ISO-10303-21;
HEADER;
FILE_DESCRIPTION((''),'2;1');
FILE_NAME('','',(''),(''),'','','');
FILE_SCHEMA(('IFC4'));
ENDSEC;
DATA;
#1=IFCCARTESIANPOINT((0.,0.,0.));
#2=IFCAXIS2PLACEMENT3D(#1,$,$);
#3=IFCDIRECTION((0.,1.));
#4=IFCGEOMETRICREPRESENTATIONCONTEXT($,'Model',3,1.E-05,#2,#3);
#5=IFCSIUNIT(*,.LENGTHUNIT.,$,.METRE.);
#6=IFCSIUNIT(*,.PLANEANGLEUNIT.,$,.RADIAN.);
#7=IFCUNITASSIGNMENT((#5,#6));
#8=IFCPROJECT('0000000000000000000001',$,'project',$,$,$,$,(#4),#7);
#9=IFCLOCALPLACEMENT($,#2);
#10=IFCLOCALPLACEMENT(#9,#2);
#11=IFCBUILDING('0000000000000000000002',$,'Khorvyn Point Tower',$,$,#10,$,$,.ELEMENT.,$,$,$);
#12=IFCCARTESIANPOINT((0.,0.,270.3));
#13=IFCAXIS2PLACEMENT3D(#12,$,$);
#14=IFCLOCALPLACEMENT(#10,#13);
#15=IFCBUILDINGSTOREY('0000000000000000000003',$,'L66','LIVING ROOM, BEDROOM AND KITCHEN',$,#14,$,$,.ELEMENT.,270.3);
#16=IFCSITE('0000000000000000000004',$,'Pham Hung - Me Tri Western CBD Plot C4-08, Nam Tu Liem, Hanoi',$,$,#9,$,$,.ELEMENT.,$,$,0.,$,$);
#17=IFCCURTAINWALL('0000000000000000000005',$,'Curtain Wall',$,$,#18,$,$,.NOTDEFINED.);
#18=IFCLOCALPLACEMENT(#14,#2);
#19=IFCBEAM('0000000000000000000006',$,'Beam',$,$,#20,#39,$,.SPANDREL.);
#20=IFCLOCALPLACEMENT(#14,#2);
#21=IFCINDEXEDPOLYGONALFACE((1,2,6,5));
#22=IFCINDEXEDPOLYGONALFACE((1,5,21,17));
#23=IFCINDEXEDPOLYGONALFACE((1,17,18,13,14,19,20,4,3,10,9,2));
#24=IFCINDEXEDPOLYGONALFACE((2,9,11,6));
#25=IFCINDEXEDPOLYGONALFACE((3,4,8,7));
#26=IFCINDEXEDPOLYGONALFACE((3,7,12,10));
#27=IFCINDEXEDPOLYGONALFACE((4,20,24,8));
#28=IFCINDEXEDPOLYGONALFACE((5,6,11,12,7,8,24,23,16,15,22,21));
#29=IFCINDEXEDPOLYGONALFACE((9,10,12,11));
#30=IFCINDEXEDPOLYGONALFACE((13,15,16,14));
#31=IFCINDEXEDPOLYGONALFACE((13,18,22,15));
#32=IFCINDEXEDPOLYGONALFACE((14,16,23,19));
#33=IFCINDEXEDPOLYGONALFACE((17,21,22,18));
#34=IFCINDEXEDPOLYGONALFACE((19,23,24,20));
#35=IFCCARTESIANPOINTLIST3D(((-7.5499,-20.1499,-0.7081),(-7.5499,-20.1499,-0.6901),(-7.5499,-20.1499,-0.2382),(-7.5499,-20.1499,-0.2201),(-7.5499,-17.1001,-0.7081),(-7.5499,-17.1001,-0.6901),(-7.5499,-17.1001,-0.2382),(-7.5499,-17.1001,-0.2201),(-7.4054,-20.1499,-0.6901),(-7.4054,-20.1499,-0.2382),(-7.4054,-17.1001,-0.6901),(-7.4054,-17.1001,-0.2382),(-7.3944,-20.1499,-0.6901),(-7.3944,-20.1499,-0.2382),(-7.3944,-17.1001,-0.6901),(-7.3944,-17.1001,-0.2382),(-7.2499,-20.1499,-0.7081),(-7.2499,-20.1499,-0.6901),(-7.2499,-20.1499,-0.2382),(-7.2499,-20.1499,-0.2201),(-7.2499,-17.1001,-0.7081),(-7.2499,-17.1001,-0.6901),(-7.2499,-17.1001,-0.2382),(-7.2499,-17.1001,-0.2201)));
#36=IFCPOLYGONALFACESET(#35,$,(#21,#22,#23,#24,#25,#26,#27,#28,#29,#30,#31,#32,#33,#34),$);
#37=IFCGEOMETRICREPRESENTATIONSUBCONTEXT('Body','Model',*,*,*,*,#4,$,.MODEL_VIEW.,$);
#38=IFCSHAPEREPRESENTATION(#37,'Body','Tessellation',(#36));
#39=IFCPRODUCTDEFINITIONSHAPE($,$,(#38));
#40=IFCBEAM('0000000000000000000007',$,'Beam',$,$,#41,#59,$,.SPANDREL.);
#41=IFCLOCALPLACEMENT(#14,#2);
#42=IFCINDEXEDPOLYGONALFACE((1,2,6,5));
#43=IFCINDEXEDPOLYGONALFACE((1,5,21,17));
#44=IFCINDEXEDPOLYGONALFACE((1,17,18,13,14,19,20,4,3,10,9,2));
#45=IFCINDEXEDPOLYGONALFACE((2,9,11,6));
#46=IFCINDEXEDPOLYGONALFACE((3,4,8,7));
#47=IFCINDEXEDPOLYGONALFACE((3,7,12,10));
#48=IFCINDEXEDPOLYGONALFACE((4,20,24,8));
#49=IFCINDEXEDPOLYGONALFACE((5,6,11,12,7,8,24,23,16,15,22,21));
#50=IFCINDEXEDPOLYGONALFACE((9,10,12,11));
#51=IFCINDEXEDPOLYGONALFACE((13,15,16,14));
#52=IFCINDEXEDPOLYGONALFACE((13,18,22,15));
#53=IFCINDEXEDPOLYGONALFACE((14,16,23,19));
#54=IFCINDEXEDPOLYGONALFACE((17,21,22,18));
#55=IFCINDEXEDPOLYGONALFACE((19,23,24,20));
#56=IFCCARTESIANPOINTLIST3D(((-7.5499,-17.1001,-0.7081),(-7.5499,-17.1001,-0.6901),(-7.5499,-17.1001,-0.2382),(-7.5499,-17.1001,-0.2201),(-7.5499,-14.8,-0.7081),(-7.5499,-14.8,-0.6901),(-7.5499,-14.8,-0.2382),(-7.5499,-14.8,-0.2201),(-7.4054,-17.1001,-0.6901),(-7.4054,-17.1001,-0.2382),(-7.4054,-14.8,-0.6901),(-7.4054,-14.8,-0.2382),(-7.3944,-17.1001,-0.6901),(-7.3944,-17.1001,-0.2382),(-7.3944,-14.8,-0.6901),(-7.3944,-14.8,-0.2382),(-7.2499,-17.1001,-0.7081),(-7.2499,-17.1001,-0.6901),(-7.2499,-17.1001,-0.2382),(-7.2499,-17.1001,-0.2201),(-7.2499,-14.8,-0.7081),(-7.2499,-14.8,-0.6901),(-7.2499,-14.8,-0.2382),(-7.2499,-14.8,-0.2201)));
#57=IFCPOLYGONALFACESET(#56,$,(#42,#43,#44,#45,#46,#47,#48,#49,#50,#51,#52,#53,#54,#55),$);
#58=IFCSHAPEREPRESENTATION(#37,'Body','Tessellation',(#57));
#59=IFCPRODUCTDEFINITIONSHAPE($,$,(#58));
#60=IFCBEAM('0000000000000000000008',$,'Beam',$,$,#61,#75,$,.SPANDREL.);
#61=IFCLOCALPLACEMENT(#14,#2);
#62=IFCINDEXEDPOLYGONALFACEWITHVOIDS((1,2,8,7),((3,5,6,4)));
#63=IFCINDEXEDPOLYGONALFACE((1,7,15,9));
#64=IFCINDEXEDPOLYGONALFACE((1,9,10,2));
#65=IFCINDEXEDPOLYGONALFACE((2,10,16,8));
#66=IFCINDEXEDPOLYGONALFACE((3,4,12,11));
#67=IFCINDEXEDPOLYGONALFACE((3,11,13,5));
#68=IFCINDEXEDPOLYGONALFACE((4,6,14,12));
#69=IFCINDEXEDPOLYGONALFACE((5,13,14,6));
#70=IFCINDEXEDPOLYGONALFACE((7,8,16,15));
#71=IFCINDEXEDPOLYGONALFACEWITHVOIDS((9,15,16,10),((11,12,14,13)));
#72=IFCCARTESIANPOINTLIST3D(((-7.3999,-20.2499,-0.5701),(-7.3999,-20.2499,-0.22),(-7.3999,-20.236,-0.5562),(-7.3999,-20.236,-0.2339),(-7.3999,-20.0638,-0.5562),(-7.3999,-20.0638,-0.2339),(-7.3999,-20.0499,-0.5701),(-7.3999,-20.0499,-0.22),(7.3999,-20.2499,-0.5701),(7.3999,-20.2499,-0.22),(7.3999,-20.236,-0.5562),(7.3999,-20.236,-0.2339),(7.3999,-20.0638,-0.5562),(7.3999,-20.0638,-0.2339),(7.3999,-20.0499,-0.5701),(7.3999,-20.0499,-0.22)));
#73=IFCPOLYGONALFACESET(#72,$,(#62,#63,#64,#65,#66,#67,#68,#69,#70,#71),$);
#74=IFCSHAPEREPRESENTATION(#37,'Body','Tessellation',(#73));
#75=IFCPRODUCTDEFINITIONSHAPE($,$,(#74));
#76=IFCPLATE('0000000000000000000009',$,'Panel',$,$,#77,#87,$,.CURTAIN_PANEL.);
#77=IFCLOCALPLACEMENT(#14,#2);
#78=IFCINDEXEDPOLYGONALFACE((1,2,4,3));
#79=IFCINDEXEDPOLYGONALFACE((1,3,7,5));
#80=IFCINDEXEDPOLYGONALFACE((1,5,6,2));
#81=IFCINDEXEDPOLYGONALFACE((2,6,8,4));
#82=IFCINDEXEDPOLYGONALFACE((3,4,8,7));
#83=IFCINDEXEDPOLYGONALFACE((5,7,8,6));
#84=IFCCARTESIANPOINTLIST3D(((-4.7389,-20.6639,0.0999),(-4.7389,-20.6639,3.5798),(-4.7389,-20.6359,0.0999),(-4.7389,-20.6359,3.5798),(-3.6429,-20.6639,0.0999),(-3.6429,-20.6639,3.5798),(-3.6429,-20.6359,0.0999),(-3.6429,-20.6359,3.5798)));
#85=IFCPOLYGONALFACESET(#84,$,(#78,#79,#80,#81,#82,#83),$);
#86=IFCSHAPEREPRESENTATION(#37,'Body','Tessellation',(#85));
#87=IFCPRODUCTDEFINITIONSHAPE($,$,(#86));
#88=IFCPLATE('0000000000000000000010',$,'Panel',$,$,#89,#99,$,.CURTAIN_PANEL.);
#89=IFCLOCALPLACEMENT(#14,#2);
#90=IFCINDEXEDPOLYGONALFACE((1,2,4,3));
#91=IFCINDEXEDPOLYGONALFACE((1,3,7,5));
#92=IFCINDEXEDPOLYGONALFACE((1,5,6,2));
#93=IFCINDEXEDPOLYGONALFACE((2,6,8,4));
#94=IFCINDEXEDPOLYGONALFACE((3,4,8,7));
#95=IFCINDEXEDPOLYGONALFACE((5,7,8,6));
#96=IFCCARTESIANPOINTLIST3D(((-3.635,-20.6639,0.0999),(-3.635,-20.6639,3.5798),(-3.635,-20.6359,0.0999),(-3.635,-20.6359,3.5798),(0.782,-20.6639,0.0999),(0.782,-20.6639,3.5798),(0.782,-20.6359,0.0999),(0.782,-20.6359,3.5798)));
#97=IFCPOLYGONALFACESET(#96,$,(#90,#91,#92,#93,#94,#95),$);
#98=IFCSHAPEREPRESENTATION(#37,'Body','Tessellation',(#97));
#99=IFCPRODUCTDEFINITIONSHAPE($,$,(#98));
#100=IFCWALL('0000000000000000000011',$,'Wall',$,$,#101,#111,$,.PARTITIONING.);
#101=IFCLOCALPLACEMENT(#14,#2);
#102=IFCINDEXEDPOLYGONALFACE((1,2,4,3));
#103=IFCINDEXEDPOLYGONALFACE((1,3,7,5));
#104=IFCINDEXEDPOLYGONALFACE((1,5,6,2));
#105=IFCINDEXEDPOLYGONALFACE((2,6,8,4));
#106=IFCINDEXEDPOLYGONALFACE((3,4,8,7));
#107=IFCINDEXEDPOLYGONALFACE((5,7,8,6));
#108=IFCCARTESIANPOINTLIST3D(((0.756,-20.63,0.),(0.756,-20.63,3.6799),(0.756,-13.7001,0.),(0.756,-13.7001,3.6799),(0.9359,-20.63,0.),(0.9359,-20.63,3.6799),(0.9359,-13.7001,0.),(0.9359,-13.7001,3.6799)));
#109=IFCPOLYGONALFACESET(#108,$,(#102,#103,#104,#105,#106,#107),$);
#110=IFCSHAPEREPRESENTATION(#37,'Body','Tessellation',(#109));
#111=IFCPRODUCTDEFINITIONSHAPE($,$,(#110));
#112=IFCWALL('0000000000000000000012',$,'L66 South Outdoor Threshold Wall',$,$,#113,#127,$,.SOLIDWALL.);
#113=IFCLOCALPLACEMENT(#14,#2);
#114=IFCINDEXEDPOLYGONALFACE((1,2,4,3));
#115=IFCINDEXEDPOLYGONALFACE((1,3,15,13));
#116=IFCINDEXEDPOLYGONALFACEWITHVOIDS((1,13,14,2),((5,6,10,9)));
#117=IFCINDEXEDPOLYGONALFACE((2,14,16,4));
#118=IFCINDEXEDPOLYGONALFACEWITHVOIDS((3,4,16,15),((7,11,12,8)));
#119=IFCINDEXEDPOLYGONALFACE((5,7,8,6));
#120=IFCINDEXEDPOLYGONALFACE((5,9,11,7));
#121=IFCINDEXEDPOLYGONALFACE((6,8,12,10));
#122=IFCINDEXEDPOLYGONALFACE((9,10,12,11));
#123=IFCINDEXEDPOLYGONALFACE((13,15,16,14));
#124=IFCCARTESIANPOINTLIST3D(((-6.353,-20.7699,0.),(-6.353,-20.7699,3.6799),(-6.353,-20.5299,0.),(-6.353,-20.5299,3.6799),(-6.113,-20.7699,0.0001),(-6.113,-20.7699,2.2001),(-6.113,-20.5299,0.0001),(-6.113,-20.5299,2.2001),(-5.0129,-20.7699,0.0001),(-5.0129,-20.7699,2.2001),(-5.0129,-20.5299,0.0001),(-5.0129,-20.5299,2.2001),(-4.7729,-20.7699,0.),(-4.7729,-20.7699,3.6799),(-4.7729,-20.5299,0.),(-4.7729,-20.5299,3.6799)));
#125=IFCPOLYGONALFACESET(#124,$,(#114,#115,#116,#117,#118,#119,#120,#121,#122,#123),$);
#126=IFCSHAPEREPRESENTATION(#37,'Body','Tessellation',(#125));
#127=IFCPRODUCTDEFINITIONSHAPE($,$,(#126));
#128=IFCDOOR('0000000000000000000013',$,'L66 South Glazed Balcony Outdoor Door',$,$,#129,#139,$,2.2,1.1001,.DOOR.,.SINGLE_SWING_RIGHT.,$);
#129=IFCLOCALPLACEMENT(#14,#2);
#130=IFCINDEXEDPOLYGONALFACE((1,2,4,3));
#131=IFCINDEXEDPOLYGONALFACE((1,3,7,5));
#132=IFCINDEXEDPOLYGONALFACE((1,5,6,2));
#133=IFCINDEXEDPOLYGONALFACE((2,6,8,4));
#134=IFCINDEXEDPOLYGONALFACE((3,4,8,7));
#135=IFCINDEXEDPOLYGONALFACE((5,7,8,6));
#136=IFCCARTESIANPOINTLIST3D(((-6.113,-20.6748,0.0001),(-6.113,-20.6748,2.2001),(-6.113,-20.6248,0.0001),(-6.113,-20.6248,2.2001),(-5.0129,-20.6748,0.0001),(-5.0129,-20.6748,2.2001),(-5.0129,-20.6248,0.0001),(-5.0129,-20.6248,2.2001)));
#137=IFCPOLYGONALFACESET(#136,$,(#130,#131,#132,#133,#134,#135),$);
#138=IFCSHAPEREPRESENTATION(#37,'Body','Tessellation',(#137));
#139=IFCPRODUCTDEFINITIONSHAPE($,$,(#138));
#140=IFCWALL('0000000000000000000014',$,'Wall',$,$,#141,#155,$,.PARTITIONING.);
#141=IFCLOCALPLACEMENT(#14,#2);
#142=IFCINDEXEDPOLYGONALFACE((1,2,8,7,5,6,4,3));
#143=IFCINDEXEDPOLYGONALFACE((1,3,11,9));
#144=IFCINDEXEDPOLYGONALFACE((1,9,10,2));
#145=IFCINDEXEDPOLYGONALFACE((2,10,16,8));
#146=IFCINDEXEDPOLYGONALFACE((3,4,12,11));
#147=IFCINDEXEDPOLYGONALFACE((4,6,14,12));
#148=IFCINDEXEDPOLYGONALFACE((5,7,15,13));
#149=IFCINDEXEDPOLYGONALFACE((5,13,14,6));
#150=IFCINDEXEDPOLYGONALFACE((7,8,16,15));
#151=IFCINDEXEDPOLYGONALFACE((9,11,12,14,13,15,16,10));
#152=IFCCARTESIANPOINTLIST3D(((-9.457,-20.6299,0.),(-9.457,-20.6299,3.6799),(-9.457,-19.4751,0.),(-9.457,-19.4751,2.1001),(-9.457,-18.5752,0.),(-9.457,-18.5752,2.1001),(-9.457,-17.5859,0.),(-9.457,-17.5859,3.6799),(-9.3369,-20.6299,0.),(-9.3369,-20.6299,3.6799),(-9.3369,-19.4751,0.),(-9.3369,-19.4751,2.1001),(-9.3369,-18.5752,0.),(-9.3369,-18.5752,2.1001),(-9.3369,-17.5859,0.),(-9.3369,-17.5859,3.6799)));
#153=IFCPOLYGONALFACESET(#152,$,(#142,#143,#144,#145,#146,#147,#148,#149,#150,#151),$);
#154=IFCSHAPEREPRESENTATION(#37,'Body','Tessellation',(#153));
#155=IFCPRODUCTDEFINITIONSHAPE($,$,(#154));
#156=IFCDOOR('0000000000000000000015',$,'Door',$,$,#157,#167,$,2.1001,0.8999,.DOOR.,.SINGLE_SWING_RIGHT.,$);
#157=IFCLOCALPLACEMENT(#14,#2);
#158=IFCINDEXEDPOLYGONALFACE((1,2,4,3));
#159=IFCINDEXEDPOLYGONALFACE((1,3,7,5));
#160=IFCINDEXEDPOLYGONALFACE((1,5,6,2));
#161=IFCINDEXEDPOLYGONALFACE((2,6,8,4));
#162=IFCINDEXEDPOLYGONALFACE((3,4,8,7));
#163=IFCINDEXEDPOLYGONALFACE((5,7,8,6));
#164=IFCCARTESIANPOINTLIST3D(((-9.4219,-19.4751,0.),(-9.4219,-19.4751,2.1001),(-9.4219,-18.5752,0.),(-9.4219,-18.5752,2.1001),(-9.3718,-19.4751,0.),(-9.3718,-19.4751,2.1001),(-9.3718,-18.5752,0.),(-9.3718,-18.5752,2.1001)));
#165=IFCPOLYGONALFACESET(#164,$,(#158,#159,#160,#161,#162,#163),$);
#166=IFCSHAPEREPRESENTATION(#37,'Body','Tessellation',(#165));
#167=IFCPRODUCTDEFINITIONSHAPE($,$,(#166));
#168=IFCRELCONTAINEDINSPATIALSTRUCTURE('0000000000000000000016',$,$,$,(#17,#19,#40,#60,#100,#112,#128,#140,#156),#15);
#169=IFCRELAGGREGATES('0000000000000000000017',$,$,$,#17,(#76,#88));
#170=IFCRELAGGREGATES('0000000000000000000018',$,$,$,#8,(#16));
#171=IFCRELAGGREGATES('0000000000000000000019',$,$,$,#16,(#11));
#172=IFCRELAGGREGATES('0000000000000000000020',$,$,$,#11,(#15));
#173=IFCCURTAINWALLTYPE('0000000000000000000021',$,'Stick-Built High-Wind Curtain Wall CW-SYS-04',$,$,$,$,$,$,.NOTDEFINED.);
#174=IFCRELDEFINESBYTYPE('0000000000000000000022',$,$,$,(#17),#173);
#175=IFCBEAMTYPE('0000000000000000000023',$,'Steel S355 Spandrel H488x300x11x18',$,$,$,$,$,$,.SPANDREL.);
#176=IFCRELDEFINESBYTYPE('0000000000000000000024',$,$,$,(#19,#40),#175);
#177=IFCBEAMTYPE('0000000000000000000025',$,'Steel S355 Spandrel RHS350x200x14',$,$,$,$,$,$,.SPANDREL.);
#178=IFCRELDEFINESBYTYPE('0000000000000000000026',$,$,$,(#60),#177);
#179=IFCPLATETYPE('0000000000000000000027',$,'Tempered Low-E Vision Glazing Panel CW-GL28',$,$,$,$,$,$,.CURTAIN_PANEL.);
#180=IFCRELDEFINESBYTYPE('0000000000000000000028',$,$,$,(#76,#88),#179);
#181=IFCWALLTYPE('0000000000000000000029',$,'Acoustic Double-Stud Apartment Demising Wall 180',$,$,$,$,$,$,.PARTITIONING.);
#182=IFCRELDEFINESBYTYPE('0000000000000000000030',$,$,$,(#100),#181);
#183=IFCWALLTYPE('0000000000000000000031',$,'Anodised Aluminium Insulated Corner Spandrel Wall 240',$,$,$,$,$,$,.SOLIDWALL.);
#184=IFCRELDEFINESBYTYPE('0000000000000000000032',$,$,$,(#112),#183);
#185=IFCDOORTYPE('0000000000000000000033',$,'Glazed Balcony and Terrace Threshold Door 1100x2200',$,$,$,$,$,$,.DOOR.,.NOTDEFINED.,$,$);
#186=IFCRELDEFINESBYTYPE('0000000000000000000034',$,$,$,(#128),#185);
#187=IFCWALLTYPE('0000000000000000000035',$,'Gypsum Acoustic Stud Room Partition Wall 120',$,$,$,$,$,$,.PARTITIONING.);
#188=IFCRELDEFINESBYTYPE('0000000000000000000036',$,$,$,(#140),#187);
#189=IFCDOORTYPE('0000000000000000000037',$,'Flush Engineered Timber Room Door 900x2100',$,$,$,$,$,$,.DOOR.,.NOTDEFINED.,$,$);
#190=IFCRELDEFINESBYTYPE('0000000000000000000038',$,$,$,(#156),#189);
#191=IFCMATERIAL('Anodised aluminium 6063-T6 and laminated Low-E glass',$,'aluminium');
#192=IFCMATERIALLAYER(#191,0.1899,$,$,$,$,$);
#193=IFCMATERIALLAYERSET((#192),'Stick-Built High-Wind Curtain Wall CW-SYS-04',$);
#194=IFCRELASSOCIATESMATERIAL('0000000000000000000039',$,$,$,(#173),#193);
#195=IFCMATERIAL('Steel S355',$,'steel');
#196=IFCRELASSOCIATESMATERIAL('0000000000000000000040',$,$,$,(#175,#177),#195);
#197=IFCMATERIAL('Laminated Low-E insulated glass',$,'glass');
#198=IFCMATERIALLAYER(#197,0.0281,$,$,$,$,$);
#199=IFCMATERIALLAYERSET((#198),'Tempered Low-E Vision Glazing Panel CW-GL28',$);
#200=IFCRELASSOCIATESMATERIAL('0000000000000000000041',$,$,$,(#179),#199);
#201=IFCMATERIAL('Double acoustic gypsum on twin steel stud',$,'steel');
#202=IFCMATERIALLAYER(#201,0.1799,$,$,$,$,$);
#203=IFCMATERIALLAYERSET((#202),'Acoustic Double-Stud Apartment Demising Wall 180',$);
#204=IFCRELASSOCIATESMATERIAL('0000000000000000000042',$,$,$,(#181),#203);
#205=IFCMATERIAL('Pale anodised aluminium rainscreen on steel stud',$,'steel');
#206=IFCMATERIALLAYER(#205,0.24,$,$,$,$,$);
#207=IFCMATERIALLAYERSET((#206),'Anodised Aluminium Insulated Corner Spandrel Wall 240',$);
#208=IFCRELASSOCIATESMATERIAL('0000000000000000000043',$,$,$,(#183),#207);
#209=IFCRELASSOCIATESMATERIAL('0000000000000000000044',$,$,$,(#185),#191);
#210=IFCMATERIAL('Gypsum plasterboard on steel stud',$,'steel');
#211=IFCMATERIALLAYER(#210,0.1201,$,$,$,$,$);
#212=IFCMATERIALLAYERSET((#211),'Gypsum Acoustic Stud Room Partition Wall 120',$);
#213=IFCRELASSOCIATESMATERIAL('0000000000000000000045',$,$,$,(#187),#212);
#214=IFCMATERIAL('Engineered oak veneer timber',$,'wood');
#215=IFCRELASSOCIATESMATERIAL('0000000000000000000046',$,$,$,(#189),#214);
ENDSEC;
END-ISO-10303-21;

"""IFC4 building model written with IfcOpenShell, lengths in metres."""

from ifc_helpers import new_model, si_unit, direction, frame, frame_2d, origin, origin_2d, place, context, subcontext, project, spatial, rectangle, hollow_rectangle, i_section, extrude, material, layer, layer_set, material_profile, profile_set, type_object, element, fill, aggregate, save


model = new_model("IFC4")

# Units and contexts
model_context = context("Model", 3, precision=1e-05, world=origin(), true_north=direction((0.0, 1.0)))
body_context = subcontext(model_context, "Body", "Model", "MODEL_VIEW")
ifc_project = project(units=[si_unit("LENGTHUNIT", "METRE"), si_unit("PLANEANGLEUNIT", "RADIAN")], contexts=[model_context])

# Site, building, storey
site_placement = place(None, origin())
site = spatial("IfcSite", under=ifc_project, at=site_placement, Name="Pham Hung - Me Tri Western CBD Plot C4-08, Nam Tu Liem, Hanoi", CompositionType="ELEMENT", RefElevation=0.0)
building_placement = place(site_placement, origin())
building = spatial("IfcBuilding", under=site, at=building_placement, Name="Khorvyn Point Tower", CompositionType="ELEMENT")
storey_placement = place(building_placement, frame((0.0, 0.0, 270.3)))
storey = spatial("IfcBuildingStorey", under=building, at=storey_placement, Name="L66", Description="LIVING ROOM, BEDROOM AND KITCHEN", CompositionType="ELEMENT", Elevation=270.3)

# Shared definitions
ifc_material_1 = material(Name="Steel S355", Category="steel")

# Curtain wall
ifc_material_2 = material(Name="Anodised aluminium 6063-T6 and laminated Low-E glass", Category="aluminium")
ifc_layer_1 = layer(ifc_material_2, 0.1899)
ifc_layer_set_1 = layer_set([ifc_layer_1], Name="Stick-Built High-Wind Curtain Wall CW-SYS-04")
curtain_wall_type = type_object("IfcCurtainWallType", Name="Stick-Built High-Wind Curtain Wall CW-SYS-04", PredefinedType="NOTDEFINED", material=ifc_layer_set_1)
curtain_wall_1_placement = place(storey_placement, origin())
curtain_wall_1 = element("IfcCurtainWall", 1, at=curtain_wall_1_placement, inside=storey, type_object=curtain_wall_type, Name="Curtain Wall", PredefinedType="NOTDEFINED")

# Beams
ifc_material_profile_1 = material_profile(ifc_material_1, i_section(OverallWidth=0.3, OverallDepth=0.488, WebThickness=0.011, FlangeThickness=0.0181, at=origin_2d()))
ifc_profile_set_1 = profile_set([ifc_material_profile_1], Name="Steel S355 H488x300x11x18")
beam_type_1 = type_object("IfcBeamType", Name="Steel S355 Spandrel H488x300x11x18", PredefinedType="SPANDREL", material=ifc_profile_set_1)
beam_1_placement = place(storey_placement, frame((-7.3999, -20.1499, -0.4641), z_axis=(0.0, 1.0, 0.0), x_axis=(-1.0, 0.0, 0.0)))
element("IfcBeam", 2, at=beam_1_placement, inside=storey, type_object=beam_type_1, Name="Beam", PredefinedType="SPANDREL", context=body_context, shape_type="SweptSolid", body=[
    extrude(i_section(OverallWidth=0.3, OverallDepth=0.488, WebThickness=0.011, FlangeThickness=0.0181, at=origin_2d()), origin(), (0.0, 0.0, 1.0), 3.0498),
])
beam_2_placement = place(storey_placement, frame((-7.3999, -17.1001, -0.4641), z_axis=(0.0, 1.0, 0.0), x_axis=(-1.0, 0.0, 0.0)))
element("IfcBeam", 3, at=beam_2_placement, inside=storey, type_object=beam_type_1, Name="Beam", PredefinedType="SPANDREL", context=body_context, shape_type="SweptSolid", body=[
    extrude(i_section(OverallWidth=0.3, OverallDepth=0.488, WebThickness=0.011, FlangeThickness=0.0181, at=origin_2d()), origin(), (0.0, 0.0, 1.0), 2.3),
])
ifc_material_profile_2 = material_profile(ifc_material_1, hollow_rectangle(XDim=0.2, YDim=0.3501, WallThickness=0.0139, at=origin_2d()))
ifc_profile_set_2 = profile_set([ifc_material_profile_2], Name="Steel S355 RHS350x200x14")
beam_type_2 = type_object("IfcBeamType", Name="Steel S355 Spandrel RHS350x200x14", PredefinedType="SPANDREL", material=ifc_profile_set_2)
beam_3_placement = place(storey_placement, frame((-7.3999, -20.1499, -0.395), z_axis=(1.0, 0.0, 0.0), x_axis=(0.0, 1.0, 0.0)))
element("IfcBeam", 4, at=beam_3_placement, inside=storey, type_object=beam_type_2, Name="Beam", PredefinedType="SPANDREL", context=body_context, shape_type="SweptSolid", body=[
    extrude(hollow_rectangle(XDim=0.2, YDim=0.3501, WallThickness=0.0139, at=origin_2d()), origin(), (0.0, 0.0, 1.0), 14.7998),
])

# Plates
ifc_material_3 = material(Name="Laminated Low-E insulated glass", Category="glass")
ifc_layer_2 = layer(ifc_material_3, 0.0281)
ifc_layer_set_2 = layer_set([ifc_layer_2], Name="Tempered Low-E Vision Glazing Panel CW-GL28")
plate_type = type_object("IfcPlateType", Name="Tempered Low-E Vision Glazing Panel CW-GL28", PredefinedType="CURTAIN_PANEL", material=ifc_layer_set_2)
plate_1_placement = place(storey_placement, frame((-4.1909, -20.6499, 0.0999), z_axis=(0.0, 0.0, 1.0), x_axis=(-1.0, 0.0, 0.0)))
plate_1 = element("IfcPlate", 5, at=plate_1_placement, type_object=plate_type, Name="Panel", PredefinedType="CURTAIN_PANEL", context=body_context, shape_type="SweptSolid", body=[
    extrude(rectangle(XDim=1.0959, YDim=0.0281, at=origin_2d()), origin(), (0.0, 0.0, 1.0), 3.48),
])
plate_2_placement = place(storey_placement, frame((-1.4265, -20.6499, 0.0999), z_axis=(0.0, 0.0, 1.0), x_axis=(-1.0, 0.0, 0.0)))
plate_2 = element("IfcPlate", 6, at=plate_2_placement, type_object=plate_type, Name="Panel", PredefinedType="CURTAIN_PANEL", context=body_context, shape_type="SweptSolid", body=[
    extrude(rectangle(XDim=4.417, YDim=0.0281, at=origin_2d()), origin(), (0.0, 0.0, 1.0), 3.48),
])
aggregate(curtain_wall_1, [plate_1, plate_2])

# Wall
ifc_material_4 = material(Name="Double acoustic gypsum on twin steel stud", Category="steel")
ifc_layer_3 = layer(ifc_material_4, 0.1799)
ifc_layer_set_3 = layer_set([ifc_layer_3], Name="Acoustic Double-Stud Apartment Demising Wall 180")
wall_type_1 = type_object("IfcWallType", Name="Acoustic Double-Stud Apartment Demising Wall 180", PredefinedType="PARTITIONING", material=ifc_layer_set_3)
wall_1_placement = place(storey_placement, frame((0.8459, -20.6299, 0.0), z_axis=(0.0, 0.0, 1.0), x_axis=(0.0, 1.0, 0.0)))
element("IfcWall", 7, at=wall_1_placement, inside=storey, type_object=wall_type_1, Name="Wall", PredefinedType="PARTITIONING", context=body_context, shape_type="SweptSolid", body=[
    extrude(rectangle(XDim=6.9299, YDim=0.1799, at=frame_2d((3.4648, 0.0))), origin(), (0.0, 0.0, 1.0), 3.6799),
])

# Walls, openings, doors
ifc_material_5 = material(Name="Pale anodised aluminium rainscreen on steel stud", Category="steel")
ifc_layer_4 = layer(ifc_material_5, 0.24)
ifc_layer_set_4 = layer_set([ifc_layer_4], Name="Anodised Aluminium Insulated Corner Spandrel Wall 240")
wall_type_2 = type_object("IfcWallType", Name="Anodised Aluminium Insulated Corner Spandrel Wall 240", PredefinedType="SOLIDWALL", material=ifc_layer_set_4)
wall_2_placement = place(storey_placement, frame((-4.7729, -20.6499, 0.0), z_axis=(0.0, 0.0, 1.0), x_axis=(-1.0, 0.0, 0.0)))
wall_2 = element("IfcWall", 8, at=wall_2_placement, inside=storey, type_object=wall_type_2, Name="L66 South Outdoor Threshold Wall", PredefinedType="SOLIDWALL", context=body_context, shape_type="SweptSolid", body=[
    extrude(rectangle(XDim=1.5801, YDim=0.24, at=frame_2d((0.79, 0.0))), origin(), (0.0, 0.0, 1.0), 3.6799),
])
opening_1_placement = place(wall_2_placement, frame((0.24, 0.0, 0.0)))
opening_1 = element("IfcOpeningElement", 9, at=opening_1_placement, cuts=wall_2, PredefinedType="OPENING", context=body_context, shape_type="SweptSolid", body=[
    extrude(rectangle(XDim=1.1001, YDim=2.2, at=frame_2d((0.55, 1.1001))), frame((0.0, 0.1299, 0.0), z_axis=(0.0, -1.0, 0.0), x_axis=(1.0, 0.0, 0.0)), (0.0, 0.0, 1.0), 0.26),
])
door_type_1 = type_object("IfcDoorType", Name="Glazed Balcony and Terrace Threshold Door 1100x2200", OperationType="NOTDEFINED", PredefinedType="DOOR", material=ifc_material_2)
door_1_placement = place(opening_1_placement, origin())
door_1 = element("IfcDoor", 10, at=door_1_placement, inside=storey, type_object=door_type_1, Name="L66 South Glazed Balcony Outdoor Door", OperationType="SINGLE_SWING_RIGHT", OverallHeight=2.2, OverallWidth=1.1001, PredefinedType="DOOR", context=body_context, shape_type="SweptSolid", body=[
    extrude(rectangle(XDim=1.1001, YDim=2.2, at=frame_2d((0.55, 1.1001))), frame((0.0, 0.0249, 0.0), z_axis=(0.0, -1.0, 0.0), x_axis=(1.0, 0.0, 0.0)), (0.0, 0.0, 1.0), 0.05),
])
fill(opening_1, door_1)
ifc_material_6 = material(Name="Gypsum plasterboard on steel stud", Category="steel")
ifc_layer_5 = layer(ifc_material_6, 0.1201)
ifc_layer_set_5 = layer_set([ifc_layer_5], Name="Gypsum Acoustic Stud Room Partition Wall 120")
wall_type_3 = type_object("IfcWallType", Name="Gypsum Acoustic Stud Room Partition Wall 120", PredefinedType="PARTITIONING", material=ifc_layer_set_5)
wall_3_placement = place(storey_placement, frame((-9.397, -20.6299, 0.0), z_axis=(0.0, 0.0, 1.0), x_axis=(0.0, 1.0, 0.0)))
wall_3 = element("IfcWall", 11, at=wall_3_placement, inside=storey, type_object=wall_type_3, Name="Wall", PredefinedType="PARTITIONING", context=body_context, shape_type="SweptSolid", body=[
    extrude(rectangle(XDim=3.0439, YDim=0.1201, at=frame_2d((1.522, 0.0))), origin(), (0.0, 0.0, 1.0), 3.6799),
])
opening_2_placement = place(wall_3_placement, frame((1.1548, 0.0, 0.0)))
opening_2 = element("IfcOpeningElement", 12, at=opening_2_placement, cuts=wall_3, PredefinedType="OPENING", context=body_context, shape_type="SweptSolid", body=[
    extrude(rectangle(XDim=0.8999, YDim=2.1001, at=frame_2d((0.45, 1.05))), frame((0.0, 0.0701, 0.0), z_axis=(0.0, -1.0, 0.0), x_axis=(1.0, 0.0, 0.0)), (0.0, 0.0, 1.0), 0.1401),
])
ifc_material_7 = material(Name="Engineered oak veneer timber", Category="wood")
door_type_2 = type_object("IfcDoorType", Name="Flush Engineered Timber Room Door 900x2100", OperationType="NOTDEFINED", PredefinedType="DOOR", material=ifc_material_7)
door_2_placement = place(opening_2_placement, origin())
door_2 = element("IfcDoor", 13, at=door_2_placement, inside=storey, type_object=door_type_2, Name="Door", OperationType="SINGLE_SWING_RIGHT", OverallHeight=2.1001, OverallWidth=0.8999, PredefinedType="DOOR", context=body_context, shape_type="SweptSolid", body=[
    extrude(rectangle(XDim=0.8999, YDim=2.1001, at=frame_2d((0.45, 1.05))), frame((0.0, 0.0249, 0.0), z_axis=(0.0, -1.0, 0.0), x_axis=(1.0, 0.0, 0.0)), (0.0, 0.0, 1.0), 0.05),
])
fill(opening_2, door_2)

save(model, "model.ifc")
